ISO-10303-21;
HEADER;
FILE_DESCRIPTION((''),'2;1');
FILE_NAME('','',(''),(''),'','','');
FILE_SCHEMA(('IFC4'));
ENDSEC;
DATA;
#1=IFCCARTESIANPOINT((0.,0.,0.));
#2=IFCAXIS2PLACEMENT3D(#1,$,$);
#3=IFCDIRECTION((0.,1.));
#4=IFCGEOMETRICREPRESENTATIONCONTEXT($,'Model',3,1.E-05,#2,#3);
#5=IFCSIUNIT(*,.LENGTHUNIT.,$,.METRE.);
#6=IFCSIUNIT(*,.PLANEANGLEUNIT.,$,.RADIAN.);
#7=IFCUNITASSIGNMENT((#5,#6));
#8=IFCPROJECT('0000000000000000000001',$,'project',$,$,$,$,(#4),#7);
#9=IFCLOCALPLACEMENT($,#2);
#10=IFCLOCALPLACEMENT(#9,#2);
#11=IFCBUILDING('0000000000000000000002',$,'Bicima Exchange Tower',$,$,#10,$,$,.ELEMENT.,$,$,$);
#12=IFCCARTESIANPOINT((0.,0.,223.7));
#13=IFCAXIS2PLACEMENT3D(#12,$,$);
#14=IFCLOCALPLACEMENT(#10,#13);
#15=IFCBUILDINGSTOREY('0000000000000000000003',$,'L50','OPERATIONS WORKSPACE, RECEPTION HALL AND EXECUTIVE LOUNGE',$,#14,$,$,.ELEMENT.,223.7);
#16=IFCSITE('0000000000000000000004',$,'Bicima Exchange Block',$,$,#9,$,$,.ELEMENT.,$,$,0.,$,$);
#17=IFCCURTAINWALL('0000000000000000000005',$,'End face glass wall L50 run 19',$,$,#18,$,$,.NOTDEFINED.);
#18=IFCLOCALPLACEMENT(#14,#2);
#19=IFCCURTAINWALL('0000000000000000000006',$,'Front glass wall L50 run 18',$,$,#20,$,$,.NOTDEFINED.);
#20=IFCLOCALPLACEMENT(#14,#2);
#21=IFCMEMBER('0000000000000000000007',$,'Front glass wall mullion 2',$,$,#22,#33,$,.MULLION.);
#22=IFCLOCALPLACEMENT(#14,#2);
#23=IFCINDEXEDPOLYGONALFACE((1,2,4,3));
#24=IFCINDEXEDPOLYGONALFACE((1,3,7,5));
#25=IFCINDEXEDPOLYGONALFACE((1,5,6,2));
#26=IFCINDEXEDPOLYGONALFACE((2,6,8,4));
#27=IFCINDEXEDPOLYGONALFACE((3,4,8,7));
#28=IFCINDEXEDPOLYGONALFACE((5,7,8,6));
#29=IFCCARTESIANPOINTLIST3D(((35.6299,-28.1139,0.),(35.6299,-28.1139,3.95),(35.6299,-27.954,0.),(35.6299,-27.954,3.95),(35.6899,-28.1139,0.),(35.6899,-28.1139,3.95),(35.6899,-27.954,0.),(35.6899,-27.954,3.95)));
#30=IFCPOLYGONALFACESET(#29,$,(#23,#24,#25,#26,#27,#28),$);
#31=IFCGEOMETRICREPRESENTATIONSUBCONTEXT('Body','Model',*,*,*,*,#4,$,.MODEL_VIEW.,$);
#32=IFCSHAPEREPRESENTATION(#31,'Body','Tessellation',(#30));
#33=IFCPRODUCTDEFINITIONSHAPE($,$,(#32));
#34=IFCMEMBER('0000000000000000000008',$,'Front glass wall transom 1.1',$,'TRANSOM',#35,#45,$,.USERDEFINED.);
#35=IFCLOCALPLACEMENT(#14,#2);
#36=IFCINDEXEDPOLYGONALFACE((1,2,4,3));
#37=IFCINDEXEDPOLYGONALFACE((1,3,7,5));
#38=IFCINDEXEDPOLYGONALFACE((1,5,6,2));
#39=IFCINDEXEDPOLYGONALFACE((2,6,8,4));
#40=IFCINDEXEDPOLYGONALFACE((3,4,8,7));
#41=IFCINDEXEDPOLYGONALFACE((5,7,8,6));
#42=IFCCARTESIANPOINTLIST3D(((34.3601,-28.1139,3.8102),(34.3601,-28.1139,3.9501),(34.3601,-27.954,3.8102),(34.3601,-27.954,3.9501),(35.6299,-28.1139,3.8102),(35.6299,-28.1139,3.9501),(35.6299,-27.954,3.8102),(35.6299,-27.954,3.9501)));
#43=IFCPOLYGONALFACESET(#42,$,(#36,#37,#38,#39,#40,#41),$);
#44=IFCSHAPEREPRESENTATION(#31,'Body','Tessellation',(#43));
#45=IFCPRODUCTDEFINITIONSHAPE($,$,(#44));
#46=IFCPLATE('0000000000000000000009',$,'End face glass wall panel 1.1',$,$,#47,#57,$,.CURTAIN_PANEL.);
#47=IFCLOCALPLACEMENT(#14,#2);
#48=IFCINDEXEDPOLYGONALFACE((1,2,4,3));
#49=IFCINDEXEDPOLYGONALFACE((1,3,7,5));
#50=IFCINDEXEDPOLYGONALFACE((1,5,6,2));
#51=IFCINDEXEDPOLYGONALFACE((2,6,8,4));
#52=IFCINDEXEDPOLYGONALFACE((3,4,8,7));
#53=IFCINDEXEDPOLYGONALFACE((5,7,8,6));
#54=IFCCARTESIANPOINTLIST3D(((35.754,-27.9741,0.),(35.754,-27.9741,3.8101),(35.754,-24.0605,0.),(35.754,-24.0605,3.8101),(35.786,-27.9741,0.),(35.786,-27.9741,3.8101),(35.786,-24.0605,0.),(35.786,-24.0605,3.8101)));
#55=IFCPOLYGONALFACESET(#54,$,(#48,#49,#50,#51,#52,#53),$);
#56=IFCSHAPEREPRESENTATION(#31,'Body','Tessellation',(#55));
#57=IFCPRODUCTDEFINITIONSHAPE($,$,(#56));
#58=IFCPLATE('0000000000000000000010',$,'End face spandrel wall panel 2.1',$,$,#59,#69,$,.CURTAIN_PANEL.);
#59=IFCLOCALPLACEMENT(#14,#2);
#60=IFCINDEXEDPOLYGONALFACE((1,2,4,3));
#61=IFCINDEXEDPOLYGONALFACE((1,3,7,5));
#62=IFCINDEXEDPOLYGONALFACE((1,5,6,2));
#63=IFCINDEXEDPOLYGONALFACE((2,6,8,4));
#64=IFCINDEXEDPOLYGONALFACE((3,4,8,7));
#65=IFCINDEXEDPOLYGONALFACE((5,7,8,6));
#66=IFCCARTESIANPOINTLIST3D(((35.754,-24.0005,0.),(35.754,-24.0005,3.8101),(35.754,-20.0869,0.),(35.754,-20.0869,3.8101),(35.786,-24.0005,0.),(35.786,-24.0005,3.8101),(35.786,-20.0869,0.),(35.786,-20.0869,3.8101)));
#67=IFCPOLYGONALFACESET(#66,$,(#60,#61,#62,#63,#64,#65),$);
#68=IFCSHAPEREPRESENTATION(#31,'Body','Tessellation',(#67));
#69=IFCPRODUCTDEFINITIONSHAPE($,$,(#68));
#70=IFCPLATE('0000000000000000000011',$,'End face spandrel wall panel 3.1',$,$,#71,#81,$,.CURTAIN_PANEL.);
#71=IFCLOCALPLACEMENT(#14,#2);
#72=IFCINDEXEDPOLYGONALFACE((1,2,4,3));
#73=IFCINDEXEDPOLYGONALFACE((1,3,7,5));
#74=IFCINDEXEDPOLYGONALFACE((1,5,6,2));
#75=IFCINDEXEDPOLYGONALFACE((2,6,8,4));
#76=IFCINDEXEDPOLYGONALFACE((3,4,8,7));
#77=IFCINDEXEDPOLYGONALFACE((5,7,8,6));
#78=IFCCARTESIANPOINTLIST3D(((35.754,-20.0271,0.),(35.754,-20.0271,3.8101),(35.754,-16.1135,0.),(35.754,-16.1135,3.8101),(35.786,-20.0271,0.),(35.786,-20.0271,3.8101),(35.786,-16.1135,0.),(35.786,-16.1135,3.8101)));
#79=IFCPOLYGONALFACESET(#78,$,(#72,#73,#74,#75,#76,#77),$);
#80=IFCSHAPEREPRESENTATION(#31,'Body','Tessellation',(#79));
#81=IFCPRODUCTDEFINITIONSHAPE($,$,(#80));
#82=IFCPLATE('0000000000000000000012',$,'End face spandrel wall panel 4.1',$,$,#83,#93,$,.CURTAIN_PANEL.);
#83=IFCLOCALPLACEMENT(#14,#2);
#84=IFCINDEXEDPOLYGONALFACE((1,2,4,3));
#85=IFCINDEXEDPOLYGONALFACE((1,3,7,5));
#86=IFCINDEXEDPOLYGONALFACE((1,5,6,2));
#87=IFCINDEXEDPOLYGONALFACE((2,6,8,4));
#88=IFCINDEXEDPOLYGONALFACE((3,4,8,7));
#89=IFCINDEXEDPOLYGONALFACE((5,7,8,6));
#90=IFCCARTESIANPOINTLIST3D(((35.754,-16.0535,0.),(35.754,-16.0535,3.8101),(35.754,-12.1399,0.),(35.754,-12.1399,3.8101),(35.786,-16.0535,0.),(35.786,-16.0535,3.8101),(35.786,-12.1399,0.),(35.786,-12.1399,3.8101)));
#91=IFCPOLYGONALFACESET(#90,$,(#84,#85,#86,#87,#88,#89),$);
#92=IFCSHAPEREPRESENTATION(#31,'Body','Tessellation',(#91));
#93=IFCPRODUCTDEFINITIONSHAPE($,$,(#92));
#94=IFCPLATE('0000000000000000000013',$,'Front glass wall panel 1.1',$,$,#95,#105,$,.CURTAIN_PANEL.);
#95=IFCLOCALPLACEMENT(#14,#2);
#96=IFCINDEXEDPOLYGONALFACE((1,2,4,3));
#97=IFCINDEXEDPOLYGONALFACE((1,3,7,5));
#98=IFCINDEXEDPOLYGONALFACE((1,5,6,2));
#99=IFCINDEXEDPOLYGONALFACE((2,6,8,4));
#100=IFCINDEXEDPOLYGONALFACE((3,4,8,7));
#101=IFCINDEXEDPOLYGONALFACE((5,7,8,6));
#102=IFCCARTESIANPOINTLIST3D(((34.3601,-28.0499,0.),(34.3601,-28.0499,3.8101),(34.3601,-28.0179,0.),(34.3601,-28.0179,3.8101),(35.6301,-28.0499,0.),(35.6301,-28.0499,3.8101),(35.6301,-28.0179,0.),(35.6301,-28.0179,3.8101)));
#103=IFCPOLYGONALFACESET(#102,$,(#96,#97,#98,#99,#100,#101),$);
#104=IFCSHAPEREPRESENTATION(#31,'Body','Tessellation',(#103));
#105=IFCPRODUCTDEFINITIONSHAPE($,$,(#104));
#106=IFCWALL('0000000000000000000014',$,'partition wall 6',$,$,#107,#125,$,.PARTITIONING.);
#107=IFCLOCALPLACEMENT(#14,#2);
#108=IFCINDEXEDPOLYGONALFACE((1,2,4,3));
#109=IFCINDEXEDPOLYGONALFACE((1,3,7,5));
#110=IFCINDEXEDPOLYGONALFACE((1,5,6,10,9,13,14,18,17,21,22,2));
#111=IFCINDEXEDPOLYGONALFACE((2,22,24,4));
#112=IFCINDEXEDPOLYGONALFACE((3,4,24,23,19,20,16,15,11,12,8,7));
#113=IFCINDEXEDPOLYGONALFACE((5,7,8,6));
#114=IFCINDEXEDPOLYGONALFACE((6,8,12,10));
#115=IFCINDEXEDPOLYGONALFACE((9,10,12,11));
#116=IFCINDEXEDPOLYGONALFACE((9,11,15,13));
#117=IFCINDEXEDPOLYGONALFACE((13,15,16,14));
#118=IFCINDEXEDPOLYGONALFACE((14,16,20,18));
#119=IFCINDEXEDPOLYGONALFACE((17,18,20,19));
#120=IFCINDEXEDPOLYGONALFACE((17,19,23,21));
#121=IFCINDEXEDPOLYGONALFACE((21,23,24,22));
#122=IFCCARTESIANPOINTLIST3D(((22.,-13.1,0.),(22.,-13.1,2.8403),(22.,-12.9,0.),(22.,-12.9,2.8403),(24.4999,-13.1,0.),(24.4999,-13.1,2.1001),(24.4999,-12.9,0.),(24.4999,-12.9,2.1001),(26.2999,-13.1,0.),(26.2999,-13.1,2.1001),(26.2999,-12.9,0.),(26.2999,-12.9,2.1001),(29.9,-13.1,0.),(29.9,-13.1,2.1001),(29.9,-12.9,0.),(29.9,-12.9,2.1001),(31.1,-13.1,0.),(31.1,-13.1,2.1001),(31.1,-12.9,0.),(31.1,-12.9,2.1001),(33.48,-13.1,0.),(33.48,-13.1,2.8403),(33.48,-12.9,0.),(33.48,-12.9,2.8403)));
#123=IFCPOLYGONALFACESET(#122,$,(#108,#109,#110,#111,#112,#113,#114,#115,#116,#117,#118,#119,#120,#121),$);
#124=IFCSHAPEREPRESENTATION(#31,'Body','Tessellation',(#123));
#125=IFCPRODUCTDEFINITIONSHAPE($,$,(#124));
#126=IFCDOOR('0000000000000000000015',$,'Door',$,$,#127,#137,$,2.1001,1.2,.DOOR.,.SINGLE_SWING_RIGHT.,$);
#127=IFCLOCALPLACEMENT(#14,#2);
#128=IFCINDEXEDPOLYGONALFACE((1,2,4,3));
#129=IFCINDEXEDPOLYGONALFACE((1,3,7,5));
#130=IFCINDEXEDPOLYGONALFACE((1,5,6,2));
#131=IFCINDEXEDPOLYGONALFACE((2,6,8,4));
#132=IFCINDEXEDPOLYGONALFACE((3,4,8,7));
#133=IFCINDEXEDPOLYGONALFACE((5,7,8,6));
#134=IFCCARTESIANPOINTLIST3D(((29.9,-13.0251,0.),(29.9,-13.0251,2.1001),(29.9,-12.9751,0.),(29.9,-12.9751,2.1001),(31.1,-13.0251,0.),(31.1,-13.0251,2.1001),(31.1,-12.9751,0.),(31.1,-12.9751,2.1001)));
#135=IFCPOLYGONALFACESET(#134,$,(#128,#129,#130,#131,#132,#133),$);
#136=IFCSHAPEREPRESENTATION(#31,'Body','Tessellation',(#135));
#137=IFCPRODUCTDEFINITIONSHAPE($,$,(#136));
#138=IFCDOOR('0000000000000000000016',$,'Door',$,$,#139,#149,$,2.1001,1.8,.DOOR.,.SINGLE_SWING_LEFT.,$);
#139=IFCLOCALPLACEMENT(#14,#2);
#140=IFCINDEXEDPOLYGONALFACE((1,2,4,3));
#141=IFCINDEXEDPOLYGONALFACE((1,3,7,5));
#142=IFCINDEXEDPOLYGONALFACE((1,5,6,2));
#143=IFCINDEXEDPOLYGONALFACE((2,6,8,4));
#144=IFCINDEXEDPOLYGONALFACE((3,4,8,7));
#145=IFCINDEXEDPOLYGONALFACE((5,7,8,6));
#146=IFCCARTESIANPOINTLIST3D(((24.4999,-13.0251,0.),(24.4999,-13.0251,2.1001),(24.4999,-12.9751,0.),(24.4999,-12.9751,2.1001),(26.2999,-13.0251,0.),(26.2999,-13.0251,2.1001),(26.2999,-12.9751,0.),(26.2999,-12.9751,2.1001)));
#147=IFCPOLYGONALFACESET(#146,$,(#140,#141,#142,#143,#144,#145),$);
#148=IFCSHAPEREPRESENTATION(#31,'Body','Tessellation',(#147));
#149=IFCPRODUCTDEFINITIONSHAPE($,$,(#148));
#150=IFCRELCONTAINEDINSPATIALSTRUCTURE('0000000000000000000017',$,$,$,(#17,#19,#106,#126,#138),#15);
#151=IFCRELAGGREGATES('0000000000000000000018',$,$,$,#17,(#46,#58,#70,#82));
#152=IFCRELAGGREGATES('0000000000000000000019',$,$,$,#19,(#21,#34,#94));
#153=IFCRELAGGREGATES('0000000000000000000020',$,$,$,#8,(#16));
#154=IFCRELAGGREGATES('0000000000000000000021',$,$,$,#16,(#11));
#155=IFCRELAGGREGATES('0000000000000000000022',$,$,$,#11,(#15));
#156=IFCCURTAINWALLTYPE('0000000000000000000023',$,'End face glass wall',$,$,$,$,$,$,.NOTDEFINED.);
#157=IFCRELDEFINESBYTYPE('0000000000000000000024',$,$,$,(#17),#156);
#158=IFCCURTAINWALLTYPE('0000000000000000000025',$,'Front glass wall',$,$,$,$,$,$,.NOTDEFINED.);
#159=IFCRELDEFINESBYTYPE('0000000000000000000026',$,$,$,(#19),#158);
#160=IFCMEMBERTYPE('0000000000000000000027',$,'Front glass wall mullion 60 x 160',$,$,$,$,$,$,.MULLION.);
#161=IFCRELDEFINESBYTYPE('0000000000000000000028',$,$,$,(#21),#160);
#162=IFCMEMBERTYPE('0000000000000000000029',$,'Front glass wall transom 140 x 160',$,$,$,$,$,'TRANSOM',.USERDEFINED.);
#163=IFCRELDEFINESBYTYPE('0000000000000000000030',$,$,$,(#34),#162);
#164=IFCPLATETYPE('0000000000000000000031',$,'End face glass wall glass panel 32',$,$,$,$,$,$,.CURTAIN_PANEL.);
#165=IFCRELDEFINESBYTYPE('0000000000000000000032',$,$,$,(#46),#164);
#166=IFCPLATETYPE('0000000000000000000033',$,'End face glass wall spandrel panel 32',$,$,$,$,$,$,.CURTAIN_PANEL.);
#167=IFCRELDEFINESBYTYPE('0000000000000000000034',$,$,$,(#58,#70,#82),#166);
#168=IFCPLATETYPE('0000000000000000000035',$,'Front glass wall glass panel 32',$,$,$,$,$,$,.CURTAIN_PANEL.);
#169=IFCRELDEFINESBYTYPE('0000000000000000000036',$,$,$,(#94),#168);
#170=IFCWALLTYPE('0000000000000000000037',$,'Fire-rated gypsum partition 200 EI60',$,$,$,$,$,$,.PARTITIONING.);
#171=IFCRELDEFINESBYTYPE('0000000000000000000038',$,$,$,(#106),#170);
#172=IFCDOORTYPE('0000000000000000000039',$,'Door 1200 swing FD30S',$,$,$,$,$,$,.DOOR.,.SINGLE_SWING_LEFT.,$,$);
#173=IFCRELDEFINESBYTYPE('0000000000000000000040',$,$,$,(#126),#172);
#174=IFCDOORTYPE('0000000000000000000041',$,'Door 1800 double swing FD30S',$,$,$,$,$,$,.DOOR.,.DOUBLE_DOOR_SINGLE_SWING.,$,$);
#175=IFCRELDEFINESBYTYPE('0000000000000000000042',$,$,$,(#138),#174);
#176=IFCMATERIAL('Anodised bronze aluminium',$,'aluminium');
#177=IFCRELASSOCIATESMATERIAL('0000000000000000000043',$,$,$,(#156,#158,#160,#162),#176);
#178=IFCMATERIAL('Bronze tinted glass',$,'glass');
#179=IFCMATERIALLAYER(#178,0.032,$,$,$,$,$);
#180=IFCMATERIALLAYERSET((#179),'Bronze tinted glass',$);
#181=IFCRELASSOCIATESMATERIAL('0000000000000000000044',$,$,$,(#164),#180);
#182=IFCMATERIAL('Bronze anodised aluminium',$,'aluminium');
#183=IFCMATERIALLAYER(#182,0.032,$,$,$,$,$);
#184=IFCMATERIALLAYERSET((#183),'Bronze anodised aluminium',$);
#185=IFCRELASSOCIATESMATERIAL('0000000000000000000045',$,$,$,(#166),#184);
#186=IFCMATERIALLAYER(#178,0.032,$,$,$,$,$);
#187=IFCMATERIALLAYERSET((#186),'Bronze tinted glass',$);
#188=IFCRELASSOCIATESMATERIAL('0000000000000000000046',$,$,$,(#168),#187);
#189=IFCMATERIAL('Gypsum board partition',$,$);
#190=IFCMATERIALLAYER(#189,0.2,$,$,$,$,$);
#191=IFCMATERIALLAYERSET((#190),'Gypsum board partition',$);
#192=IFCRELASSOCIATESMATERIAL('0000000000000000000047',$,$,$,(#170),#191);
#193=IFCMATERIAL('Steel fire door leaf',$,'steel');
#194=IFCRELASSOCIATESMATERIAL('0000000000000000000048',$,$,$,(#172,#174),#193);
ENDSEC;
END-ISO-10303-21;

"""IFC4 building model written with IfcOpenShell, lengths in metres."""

from ifc_helpers import new_model, si_unit, direction, frame, frame_2d, origin, origin_2d, place, context, subcontext, project, spatial, rectangle, extrude, material, layer, layer_set, material_profile, profile_set, type_object, element, fill, aggregate, save


model = new_model("IFC4")

# Units and contexts
model_context = context("Model", 3, precision=1e-05, world=origin(), true_north=direction((0.0, 1.0)))
body_context = subcontext(model_context, "Body", "Model", "MODEL_VIEW")
ifc_project = project(units=[si_unit("LENGTHUNIT", "METRE"), si_unit("PLANEANGLEUNIT", "RADIAN")], contexts=[model_context])

# Site, building, storey
site_placement = place(None, origin())
site = spatial("IfcSite", under=ifc_project, at=site_placement, Name="Bicima Exchange Block", CompositionType="ELEMENT", RefElevation=0.0)
building_placement = place(site_placement, origin())
building = spatial("IfcBuilding", under=site, at=building_placement, Name="Bicima Exchange Tower", CompositionType="ELEMENT")
storey_placement = place(building_placement, frame((0.0, 0.0, 223.7)))
storey = spatial("IfcBuildingStorey", under=building, at=storey_placement, Name="L50", Description="OPERATIONS WORKSPACE, RECEPTION HALL AND EXECUTIVE LOUNGE", CompositionType="ELEMENT", Elevation=223.7)

# Curtain wall
ifc_material_1 = material(Name="Anodised bronze aluminium", Category="aluminium")
curtain_wall_type_1 = type_object("IfcCurtainWallType", Name="End face glass wall", PredefinedType="NOTDEFINED", material=ifc_material_1)
curtain_wall_1_placement = place(storey_placement, origin())
curtain_wall_1 = element("IfcCurtainWall", 1, at=curtain_wall_1_placement, inside=storey, type_object=curtain_wall_type_1, Name="End face glass wall L50 run 19", PredefinedType="NOTDEFINED")
ifc_material_profile_1 = material_profile(ifc_material_1, rectangle(XDim=0.1599, YDim=0.0601, at=origin_2d()))
ifc_profile_set_1 = profile_set([ifc_material_profile_1], Name="Anodised bronze aluminium")
ifc_material_profile_2 = material_profile(ifc_material_1, rectangle(XDim=0.1599, YDim=0.1399, at=origin_2d()))
ifc_profile_set_2 = profile_set([ifc_material_profile_2], Name="Anodised bronze aluminium")

# Curtain wall, members
curtain_wall_type_2 = type_object("IfcCurtainWallType", Name="Front glass wall", PredefinedType="NOTDEFINED", material=ifc_material_1)
curtain_wall_2_placement = place(storey_placement, origin())
curtain_wall_2 = element("IfcCurtainWall", 2, at=curtain_wall_2_placement, inside=storey, type_object=curtain_wall_type_2, Name="Front glass wall L50 run 18", PredefinedType="NOTDEFINED")
member_type_1 = type_object("IfcMemberType", Name="Front glass wall mullion 60 x 160", PredefinedType="MULLION", material=ifc_profile_set_1)
member_1_placement = place(storey_placement, frame((35.6599, -28.0339, 0.0), z_axis=(0.0, 0.0, 1.0), x_axis=(0.0, 1.0, 0.0)))
member_1 = element("IfcMember", 3, at=member_1_placement, type_object=member_type_1, Name="Front glass wall mullion 2", PredefinedType="MULLION", context=body_context, shape_type="SweptSolid", body=[
    extrude(rectangle(XDim=0.1599, YDim=0.0601, at=origin_2d()), origin(), (0.0, 0.0, 1.0), 3.95),
])
member_type_2 = type_object("IfcMemberType", Name="Front glass wall transom 140 x 160", ElementType="TRANSOM", PredefinedType="USERDEFINED", material=ifc_profile_set_2)
member_2_placement = place(storey_placement, frame((34.3601, -28.0339, 3.8801), z_axis=(1.0, 0.0, 0.0), x_axis=(0.0, 1.0, 0.0)))
member_2 = element("IfcMember", 4, at=member_2_placement, type_object=member_type_2, Name="Front glass wall transom 1.1", ObjectType="TRANSOM", PredefinedType="USERDEFINED", context=body_context, shape_type="SweptSolid", body=[
    extrude(rectangle(XDim=0.1599, YDim=0.1399, at=origin_2d()), origin(), (0.0, 0.0, 1.0), 1.2698),
])

# Plates
ifc_material_2 = material(Name="Bronze tinted glass", Category="glass")
ifc_layer_1 = layer(ifc_material_2, 0.032)
ifc_layer_set_1 = layer_set([ifc_layer_1], Name="Bronze tinted glass")
plate_type_1 = type_object("IfcPlateType", Name="End face glass wall glass panel 32", PredefinedType="CURTAIN_PANEL", material=ifc_layer_set_1)
plate_1_placement = place(storey_placement, frame((35.77, -26.0173, 0.0), z_axis=(0.0, 0.0, 1.0), x_axis=(0.0, 1.0, 0.0)))
plate_1 = element("IfcPlate", 5, at=plate_1_placement, type_object=plate_type_1, Name="End face glass wall panel 1.1", PredefinedType="CURTAIN_PANEL", context=body_context, shape_type="SweptSolid", body=[
    extrude(rectangle(XDim=3.9136, YDim=0.032, at=origin_2d()), origin(), (0.0, 0.0, 1.0), 3.8101),
])
ifc_material_3 = material(Name="Bronze anodised aluminium", Category="aluminium")
ifc_layer_2 = layer(ifc_material_3, 0.032)
ifc_layer_set_2 = layer_set([ifc_layer_2], Name="Bronze anodised aluminium")
plate_type_2 = type_object("IfcPlateType", Name="End face glass wall spandrel panel 32", PredefinedType="CURTAIN_PANEL", material=ifc_layer_set_2)
plate_2_placement = place(storey_placement, frame((35.77, -22.0437, 0.0), z_axis=(0.0, 0.0, 1.0), x_axis=(0.0, 1.0, 0.0)))
plate_2 = element("IfcPlate", 6, at=plate_2_placement, type_object=plate_type_2, Name="End face spandrel wall panel 2.1", PredefinedType="CURTAIN_PANEL", context=body_context, shape_type="SweptSolid", body=[
    extrude(rectangle(XDim=3.9136, YDim=0.032, at=origin_2d()), origin(), (0.0, 0.0, 1.0), 3.8101),
])
plate_3_placement = place(storey_placement, frame((35.77, -18.0703, 0.0), z_axis=(0.0, 0.0, 1.0), x_axis=(0.0, 1.0, 0.0)))
plate_3 = element("IfcPlate", 7, at=plate_3_placement, type_object=plate_type_2, Name="End face spandrel wall panel 3.1", PredefinedType="CURTAIN_PANEL", context=body_context, shape_type="SweptSolid", body=[
    extrude(rectangle(XDim=3.9136, YDim=0.032, at=origin_2d()), origin(), (0.0, 0.0, 1.0), 3.8101),
])
plate_4_placement = place(storey_placement, frame((35.77, -14.0967, 0.0), z_axis=(0.0, 0.0, 1.0), x_axis=(0.0, 1.0, 0.0)))
plate_4 = element("IfcPlate", 8, at=plate_4_placement, type_object=plate_type_2, Name="End face spandrel wall panel 4.1", PredefinedType="CURTAIN_PANEL", context=body_context, shape_type="SweptSolid", body=[
    extrude(rectangle(XDim=3.9136, YDim=0.032, at=origin_2d()), origin(), (0.0, 0.0, 1.0), 3.8101),
])
aggregate(curtain_wall_1, [plate_1, plate_2, plate_3, plate_4])
ifc_layer_3 = layer(ifc_material_2, 0.032)
ifc_layer_set_3 = layer_set([ifc_layer_3], Name="Bronze tinted glass")
plate_type_3 = type_object("IfcPlateType", Name="Front glass wall glass panel 32", PredefinedType="CURTAIN_PANEL", material=ifc_layer_set_3)
plate_5_placement = place(storey_placement, frame((34.9951, -28.0339, 0.0), z_axis=(0.0, 0.0, 1.0), x_axis=(1.0, 0.0, 0.0)))
plate_5 = element("IfcPlate", 9, at=plate_5_placement, type_object=plate_type_3, Name="Front glass wall panel 1.1", PredefinedType="CURTAIN_PANEL", context=body_context, shape_type="SweptSolid", body=[
    extrude(rectangle(XDim=1.27, YDim=0.032, at=origin_2d()), origin(), (0.0, 0.0, 1.0), 3.8101),
])
aggregate(curtain_wall_2, [member_1, member_2, plate_5])

# Wall, openings, doors
ifc_material_4 = material(Name="Gypsum board partition")
ifc_layer_4 = layer(ifc_material_4, 0.2)
ifc_layer_set_4 = layer_set([ifc_layer_4], Name="Gypsum board partition")
wall_type = type_object("IfcWallType", Name="Fire-rated gypsum partition 200 EI60", PredefinedType="PARTITIONING", material=ifc_layer_set_4)
wall_placement = place(storey_placement, frame((22.0, -13.0, 0.0), z_axis=(0.0, 0.0, 1.0), x_axis=(1.0, 0.0, 0.0)))
wall = element("IfcWall", 10, at=wall_placement, inside=storey, type_object=wall_type, Name="partition wall 6", PredefinedType="PARTITIONING", context=body_context, shape_type="SweptSolid", body=[
    extrude(rectangle(XDim=11.48, YDim=0.2, at=frame_2d((5.74, 0.0))), origin(), (0.0, 0.0, 1.0), 2.8403),
])
opening_1_placement = place(wall_placement, frame((7.8999, 0.0, 0.0)))
opening_1 = element("IfcOpeningElement", 11, at=opening_1_placement, cuts=wall, PredefinedType="OPENING", context=body_context, shape_type="SweptSolid", body=[
    extrude(rectangle(XDim=1.2, YDim=2.1001, at=frame_2d((0.6001, 1.05))), frame((0.0, 0.1118, 0.0), z_axis=(0.0, -1.0, 0.0), x_axis=(1.0, 0.0, 0.0)), (0.0, 0.0, 1.0), 0.2239),
])
opening_2_placement = place(wall_placement, frame((2.5, 0.0, 0.0)))
opening_2 = element("IfcOpeningElement", 12, at=opening_2_placement, cuts=wall, PredefinedType="OPENING", context=body_context, shape_type="SweptSolid", body=[
    extrude(rectangle(XDim=1.8, YDim=2.1001, at=frame_2d((0.8999, 1.05))), frame((0.0, 0.1118, 0.0), z_axis=(0.0, -1.0, 0.0), x_axis=(1.0, 0.0, 0.0)), (0.0, 0.0, 1.0), 0.2239),
])
ifc_material_5 = material(Name="Steel fire door leaf", Category="steel")
door_type_1 = type_object("IfcDoorType", Name="Door 1200 swing FD30S", OperationType="SINGLE_SWING_LEFT", PredefinedType="DOOR", material=ifc_material_5)
door_1_placement = place(opening_1_placement, origin())
door_1 = element("IfcDoor", 13, at=door_1_placement, inside=storey, type_object=door_type_1, Name="Door", OperationType="SINGLE_SWING_RIGHT", OverallHeight=2.1001, OverallWidth=1.2, PredefinedType="DOOR", context=body_context, shape_type="SweptSolid", body=[
    extrude(rectangle(XDim=1.2, YDim=2.1001, at=frame_2d((0.6001, 1.05))), frame((0.0, 0.0249, 0.0), z_axis=(0.0, -1.0, 0.0), x_axis=(1.0, 0.0, 0.0)), (0.0, 0.0, 1.0), 0.05),
])
fill(opening_1, door_1)
door_type_2 = type_object("IfcDoorType", Name="Door 1800 double swing FD30S", OperationType="DOUBLE_DOOR_SINGLE_SWING", PredefinedType="DOOR", material=ifc_material_5)
door_2_placement = place(opening_2_placement, origin())
door_2 = element("IfcDoor", 14, at=door_2_placement, inside=storey, type_object=door_type_2, Name="Door", OperationType="SINGLE_SWING_LEFT", OverallHeight=2.1001, OverallWidth=1.8, PredefinedType="DOOR", context=body_context, shape_type="SweptSolid", body=[
    extrude(rectangle(XDim=1.8, YDim=2.1001, at=frame_2d((0.8999, 1.05))), frame((0.0, 0.0249, 0.0), z_axis=(0.0, -1.0, 0.0), x_axis=(1.0, 0.0, 0.0)), (0.0, 0.0, 1.0), 0.05),
])
fill(opening_2, door_2)

save(model, "model.ifc")
